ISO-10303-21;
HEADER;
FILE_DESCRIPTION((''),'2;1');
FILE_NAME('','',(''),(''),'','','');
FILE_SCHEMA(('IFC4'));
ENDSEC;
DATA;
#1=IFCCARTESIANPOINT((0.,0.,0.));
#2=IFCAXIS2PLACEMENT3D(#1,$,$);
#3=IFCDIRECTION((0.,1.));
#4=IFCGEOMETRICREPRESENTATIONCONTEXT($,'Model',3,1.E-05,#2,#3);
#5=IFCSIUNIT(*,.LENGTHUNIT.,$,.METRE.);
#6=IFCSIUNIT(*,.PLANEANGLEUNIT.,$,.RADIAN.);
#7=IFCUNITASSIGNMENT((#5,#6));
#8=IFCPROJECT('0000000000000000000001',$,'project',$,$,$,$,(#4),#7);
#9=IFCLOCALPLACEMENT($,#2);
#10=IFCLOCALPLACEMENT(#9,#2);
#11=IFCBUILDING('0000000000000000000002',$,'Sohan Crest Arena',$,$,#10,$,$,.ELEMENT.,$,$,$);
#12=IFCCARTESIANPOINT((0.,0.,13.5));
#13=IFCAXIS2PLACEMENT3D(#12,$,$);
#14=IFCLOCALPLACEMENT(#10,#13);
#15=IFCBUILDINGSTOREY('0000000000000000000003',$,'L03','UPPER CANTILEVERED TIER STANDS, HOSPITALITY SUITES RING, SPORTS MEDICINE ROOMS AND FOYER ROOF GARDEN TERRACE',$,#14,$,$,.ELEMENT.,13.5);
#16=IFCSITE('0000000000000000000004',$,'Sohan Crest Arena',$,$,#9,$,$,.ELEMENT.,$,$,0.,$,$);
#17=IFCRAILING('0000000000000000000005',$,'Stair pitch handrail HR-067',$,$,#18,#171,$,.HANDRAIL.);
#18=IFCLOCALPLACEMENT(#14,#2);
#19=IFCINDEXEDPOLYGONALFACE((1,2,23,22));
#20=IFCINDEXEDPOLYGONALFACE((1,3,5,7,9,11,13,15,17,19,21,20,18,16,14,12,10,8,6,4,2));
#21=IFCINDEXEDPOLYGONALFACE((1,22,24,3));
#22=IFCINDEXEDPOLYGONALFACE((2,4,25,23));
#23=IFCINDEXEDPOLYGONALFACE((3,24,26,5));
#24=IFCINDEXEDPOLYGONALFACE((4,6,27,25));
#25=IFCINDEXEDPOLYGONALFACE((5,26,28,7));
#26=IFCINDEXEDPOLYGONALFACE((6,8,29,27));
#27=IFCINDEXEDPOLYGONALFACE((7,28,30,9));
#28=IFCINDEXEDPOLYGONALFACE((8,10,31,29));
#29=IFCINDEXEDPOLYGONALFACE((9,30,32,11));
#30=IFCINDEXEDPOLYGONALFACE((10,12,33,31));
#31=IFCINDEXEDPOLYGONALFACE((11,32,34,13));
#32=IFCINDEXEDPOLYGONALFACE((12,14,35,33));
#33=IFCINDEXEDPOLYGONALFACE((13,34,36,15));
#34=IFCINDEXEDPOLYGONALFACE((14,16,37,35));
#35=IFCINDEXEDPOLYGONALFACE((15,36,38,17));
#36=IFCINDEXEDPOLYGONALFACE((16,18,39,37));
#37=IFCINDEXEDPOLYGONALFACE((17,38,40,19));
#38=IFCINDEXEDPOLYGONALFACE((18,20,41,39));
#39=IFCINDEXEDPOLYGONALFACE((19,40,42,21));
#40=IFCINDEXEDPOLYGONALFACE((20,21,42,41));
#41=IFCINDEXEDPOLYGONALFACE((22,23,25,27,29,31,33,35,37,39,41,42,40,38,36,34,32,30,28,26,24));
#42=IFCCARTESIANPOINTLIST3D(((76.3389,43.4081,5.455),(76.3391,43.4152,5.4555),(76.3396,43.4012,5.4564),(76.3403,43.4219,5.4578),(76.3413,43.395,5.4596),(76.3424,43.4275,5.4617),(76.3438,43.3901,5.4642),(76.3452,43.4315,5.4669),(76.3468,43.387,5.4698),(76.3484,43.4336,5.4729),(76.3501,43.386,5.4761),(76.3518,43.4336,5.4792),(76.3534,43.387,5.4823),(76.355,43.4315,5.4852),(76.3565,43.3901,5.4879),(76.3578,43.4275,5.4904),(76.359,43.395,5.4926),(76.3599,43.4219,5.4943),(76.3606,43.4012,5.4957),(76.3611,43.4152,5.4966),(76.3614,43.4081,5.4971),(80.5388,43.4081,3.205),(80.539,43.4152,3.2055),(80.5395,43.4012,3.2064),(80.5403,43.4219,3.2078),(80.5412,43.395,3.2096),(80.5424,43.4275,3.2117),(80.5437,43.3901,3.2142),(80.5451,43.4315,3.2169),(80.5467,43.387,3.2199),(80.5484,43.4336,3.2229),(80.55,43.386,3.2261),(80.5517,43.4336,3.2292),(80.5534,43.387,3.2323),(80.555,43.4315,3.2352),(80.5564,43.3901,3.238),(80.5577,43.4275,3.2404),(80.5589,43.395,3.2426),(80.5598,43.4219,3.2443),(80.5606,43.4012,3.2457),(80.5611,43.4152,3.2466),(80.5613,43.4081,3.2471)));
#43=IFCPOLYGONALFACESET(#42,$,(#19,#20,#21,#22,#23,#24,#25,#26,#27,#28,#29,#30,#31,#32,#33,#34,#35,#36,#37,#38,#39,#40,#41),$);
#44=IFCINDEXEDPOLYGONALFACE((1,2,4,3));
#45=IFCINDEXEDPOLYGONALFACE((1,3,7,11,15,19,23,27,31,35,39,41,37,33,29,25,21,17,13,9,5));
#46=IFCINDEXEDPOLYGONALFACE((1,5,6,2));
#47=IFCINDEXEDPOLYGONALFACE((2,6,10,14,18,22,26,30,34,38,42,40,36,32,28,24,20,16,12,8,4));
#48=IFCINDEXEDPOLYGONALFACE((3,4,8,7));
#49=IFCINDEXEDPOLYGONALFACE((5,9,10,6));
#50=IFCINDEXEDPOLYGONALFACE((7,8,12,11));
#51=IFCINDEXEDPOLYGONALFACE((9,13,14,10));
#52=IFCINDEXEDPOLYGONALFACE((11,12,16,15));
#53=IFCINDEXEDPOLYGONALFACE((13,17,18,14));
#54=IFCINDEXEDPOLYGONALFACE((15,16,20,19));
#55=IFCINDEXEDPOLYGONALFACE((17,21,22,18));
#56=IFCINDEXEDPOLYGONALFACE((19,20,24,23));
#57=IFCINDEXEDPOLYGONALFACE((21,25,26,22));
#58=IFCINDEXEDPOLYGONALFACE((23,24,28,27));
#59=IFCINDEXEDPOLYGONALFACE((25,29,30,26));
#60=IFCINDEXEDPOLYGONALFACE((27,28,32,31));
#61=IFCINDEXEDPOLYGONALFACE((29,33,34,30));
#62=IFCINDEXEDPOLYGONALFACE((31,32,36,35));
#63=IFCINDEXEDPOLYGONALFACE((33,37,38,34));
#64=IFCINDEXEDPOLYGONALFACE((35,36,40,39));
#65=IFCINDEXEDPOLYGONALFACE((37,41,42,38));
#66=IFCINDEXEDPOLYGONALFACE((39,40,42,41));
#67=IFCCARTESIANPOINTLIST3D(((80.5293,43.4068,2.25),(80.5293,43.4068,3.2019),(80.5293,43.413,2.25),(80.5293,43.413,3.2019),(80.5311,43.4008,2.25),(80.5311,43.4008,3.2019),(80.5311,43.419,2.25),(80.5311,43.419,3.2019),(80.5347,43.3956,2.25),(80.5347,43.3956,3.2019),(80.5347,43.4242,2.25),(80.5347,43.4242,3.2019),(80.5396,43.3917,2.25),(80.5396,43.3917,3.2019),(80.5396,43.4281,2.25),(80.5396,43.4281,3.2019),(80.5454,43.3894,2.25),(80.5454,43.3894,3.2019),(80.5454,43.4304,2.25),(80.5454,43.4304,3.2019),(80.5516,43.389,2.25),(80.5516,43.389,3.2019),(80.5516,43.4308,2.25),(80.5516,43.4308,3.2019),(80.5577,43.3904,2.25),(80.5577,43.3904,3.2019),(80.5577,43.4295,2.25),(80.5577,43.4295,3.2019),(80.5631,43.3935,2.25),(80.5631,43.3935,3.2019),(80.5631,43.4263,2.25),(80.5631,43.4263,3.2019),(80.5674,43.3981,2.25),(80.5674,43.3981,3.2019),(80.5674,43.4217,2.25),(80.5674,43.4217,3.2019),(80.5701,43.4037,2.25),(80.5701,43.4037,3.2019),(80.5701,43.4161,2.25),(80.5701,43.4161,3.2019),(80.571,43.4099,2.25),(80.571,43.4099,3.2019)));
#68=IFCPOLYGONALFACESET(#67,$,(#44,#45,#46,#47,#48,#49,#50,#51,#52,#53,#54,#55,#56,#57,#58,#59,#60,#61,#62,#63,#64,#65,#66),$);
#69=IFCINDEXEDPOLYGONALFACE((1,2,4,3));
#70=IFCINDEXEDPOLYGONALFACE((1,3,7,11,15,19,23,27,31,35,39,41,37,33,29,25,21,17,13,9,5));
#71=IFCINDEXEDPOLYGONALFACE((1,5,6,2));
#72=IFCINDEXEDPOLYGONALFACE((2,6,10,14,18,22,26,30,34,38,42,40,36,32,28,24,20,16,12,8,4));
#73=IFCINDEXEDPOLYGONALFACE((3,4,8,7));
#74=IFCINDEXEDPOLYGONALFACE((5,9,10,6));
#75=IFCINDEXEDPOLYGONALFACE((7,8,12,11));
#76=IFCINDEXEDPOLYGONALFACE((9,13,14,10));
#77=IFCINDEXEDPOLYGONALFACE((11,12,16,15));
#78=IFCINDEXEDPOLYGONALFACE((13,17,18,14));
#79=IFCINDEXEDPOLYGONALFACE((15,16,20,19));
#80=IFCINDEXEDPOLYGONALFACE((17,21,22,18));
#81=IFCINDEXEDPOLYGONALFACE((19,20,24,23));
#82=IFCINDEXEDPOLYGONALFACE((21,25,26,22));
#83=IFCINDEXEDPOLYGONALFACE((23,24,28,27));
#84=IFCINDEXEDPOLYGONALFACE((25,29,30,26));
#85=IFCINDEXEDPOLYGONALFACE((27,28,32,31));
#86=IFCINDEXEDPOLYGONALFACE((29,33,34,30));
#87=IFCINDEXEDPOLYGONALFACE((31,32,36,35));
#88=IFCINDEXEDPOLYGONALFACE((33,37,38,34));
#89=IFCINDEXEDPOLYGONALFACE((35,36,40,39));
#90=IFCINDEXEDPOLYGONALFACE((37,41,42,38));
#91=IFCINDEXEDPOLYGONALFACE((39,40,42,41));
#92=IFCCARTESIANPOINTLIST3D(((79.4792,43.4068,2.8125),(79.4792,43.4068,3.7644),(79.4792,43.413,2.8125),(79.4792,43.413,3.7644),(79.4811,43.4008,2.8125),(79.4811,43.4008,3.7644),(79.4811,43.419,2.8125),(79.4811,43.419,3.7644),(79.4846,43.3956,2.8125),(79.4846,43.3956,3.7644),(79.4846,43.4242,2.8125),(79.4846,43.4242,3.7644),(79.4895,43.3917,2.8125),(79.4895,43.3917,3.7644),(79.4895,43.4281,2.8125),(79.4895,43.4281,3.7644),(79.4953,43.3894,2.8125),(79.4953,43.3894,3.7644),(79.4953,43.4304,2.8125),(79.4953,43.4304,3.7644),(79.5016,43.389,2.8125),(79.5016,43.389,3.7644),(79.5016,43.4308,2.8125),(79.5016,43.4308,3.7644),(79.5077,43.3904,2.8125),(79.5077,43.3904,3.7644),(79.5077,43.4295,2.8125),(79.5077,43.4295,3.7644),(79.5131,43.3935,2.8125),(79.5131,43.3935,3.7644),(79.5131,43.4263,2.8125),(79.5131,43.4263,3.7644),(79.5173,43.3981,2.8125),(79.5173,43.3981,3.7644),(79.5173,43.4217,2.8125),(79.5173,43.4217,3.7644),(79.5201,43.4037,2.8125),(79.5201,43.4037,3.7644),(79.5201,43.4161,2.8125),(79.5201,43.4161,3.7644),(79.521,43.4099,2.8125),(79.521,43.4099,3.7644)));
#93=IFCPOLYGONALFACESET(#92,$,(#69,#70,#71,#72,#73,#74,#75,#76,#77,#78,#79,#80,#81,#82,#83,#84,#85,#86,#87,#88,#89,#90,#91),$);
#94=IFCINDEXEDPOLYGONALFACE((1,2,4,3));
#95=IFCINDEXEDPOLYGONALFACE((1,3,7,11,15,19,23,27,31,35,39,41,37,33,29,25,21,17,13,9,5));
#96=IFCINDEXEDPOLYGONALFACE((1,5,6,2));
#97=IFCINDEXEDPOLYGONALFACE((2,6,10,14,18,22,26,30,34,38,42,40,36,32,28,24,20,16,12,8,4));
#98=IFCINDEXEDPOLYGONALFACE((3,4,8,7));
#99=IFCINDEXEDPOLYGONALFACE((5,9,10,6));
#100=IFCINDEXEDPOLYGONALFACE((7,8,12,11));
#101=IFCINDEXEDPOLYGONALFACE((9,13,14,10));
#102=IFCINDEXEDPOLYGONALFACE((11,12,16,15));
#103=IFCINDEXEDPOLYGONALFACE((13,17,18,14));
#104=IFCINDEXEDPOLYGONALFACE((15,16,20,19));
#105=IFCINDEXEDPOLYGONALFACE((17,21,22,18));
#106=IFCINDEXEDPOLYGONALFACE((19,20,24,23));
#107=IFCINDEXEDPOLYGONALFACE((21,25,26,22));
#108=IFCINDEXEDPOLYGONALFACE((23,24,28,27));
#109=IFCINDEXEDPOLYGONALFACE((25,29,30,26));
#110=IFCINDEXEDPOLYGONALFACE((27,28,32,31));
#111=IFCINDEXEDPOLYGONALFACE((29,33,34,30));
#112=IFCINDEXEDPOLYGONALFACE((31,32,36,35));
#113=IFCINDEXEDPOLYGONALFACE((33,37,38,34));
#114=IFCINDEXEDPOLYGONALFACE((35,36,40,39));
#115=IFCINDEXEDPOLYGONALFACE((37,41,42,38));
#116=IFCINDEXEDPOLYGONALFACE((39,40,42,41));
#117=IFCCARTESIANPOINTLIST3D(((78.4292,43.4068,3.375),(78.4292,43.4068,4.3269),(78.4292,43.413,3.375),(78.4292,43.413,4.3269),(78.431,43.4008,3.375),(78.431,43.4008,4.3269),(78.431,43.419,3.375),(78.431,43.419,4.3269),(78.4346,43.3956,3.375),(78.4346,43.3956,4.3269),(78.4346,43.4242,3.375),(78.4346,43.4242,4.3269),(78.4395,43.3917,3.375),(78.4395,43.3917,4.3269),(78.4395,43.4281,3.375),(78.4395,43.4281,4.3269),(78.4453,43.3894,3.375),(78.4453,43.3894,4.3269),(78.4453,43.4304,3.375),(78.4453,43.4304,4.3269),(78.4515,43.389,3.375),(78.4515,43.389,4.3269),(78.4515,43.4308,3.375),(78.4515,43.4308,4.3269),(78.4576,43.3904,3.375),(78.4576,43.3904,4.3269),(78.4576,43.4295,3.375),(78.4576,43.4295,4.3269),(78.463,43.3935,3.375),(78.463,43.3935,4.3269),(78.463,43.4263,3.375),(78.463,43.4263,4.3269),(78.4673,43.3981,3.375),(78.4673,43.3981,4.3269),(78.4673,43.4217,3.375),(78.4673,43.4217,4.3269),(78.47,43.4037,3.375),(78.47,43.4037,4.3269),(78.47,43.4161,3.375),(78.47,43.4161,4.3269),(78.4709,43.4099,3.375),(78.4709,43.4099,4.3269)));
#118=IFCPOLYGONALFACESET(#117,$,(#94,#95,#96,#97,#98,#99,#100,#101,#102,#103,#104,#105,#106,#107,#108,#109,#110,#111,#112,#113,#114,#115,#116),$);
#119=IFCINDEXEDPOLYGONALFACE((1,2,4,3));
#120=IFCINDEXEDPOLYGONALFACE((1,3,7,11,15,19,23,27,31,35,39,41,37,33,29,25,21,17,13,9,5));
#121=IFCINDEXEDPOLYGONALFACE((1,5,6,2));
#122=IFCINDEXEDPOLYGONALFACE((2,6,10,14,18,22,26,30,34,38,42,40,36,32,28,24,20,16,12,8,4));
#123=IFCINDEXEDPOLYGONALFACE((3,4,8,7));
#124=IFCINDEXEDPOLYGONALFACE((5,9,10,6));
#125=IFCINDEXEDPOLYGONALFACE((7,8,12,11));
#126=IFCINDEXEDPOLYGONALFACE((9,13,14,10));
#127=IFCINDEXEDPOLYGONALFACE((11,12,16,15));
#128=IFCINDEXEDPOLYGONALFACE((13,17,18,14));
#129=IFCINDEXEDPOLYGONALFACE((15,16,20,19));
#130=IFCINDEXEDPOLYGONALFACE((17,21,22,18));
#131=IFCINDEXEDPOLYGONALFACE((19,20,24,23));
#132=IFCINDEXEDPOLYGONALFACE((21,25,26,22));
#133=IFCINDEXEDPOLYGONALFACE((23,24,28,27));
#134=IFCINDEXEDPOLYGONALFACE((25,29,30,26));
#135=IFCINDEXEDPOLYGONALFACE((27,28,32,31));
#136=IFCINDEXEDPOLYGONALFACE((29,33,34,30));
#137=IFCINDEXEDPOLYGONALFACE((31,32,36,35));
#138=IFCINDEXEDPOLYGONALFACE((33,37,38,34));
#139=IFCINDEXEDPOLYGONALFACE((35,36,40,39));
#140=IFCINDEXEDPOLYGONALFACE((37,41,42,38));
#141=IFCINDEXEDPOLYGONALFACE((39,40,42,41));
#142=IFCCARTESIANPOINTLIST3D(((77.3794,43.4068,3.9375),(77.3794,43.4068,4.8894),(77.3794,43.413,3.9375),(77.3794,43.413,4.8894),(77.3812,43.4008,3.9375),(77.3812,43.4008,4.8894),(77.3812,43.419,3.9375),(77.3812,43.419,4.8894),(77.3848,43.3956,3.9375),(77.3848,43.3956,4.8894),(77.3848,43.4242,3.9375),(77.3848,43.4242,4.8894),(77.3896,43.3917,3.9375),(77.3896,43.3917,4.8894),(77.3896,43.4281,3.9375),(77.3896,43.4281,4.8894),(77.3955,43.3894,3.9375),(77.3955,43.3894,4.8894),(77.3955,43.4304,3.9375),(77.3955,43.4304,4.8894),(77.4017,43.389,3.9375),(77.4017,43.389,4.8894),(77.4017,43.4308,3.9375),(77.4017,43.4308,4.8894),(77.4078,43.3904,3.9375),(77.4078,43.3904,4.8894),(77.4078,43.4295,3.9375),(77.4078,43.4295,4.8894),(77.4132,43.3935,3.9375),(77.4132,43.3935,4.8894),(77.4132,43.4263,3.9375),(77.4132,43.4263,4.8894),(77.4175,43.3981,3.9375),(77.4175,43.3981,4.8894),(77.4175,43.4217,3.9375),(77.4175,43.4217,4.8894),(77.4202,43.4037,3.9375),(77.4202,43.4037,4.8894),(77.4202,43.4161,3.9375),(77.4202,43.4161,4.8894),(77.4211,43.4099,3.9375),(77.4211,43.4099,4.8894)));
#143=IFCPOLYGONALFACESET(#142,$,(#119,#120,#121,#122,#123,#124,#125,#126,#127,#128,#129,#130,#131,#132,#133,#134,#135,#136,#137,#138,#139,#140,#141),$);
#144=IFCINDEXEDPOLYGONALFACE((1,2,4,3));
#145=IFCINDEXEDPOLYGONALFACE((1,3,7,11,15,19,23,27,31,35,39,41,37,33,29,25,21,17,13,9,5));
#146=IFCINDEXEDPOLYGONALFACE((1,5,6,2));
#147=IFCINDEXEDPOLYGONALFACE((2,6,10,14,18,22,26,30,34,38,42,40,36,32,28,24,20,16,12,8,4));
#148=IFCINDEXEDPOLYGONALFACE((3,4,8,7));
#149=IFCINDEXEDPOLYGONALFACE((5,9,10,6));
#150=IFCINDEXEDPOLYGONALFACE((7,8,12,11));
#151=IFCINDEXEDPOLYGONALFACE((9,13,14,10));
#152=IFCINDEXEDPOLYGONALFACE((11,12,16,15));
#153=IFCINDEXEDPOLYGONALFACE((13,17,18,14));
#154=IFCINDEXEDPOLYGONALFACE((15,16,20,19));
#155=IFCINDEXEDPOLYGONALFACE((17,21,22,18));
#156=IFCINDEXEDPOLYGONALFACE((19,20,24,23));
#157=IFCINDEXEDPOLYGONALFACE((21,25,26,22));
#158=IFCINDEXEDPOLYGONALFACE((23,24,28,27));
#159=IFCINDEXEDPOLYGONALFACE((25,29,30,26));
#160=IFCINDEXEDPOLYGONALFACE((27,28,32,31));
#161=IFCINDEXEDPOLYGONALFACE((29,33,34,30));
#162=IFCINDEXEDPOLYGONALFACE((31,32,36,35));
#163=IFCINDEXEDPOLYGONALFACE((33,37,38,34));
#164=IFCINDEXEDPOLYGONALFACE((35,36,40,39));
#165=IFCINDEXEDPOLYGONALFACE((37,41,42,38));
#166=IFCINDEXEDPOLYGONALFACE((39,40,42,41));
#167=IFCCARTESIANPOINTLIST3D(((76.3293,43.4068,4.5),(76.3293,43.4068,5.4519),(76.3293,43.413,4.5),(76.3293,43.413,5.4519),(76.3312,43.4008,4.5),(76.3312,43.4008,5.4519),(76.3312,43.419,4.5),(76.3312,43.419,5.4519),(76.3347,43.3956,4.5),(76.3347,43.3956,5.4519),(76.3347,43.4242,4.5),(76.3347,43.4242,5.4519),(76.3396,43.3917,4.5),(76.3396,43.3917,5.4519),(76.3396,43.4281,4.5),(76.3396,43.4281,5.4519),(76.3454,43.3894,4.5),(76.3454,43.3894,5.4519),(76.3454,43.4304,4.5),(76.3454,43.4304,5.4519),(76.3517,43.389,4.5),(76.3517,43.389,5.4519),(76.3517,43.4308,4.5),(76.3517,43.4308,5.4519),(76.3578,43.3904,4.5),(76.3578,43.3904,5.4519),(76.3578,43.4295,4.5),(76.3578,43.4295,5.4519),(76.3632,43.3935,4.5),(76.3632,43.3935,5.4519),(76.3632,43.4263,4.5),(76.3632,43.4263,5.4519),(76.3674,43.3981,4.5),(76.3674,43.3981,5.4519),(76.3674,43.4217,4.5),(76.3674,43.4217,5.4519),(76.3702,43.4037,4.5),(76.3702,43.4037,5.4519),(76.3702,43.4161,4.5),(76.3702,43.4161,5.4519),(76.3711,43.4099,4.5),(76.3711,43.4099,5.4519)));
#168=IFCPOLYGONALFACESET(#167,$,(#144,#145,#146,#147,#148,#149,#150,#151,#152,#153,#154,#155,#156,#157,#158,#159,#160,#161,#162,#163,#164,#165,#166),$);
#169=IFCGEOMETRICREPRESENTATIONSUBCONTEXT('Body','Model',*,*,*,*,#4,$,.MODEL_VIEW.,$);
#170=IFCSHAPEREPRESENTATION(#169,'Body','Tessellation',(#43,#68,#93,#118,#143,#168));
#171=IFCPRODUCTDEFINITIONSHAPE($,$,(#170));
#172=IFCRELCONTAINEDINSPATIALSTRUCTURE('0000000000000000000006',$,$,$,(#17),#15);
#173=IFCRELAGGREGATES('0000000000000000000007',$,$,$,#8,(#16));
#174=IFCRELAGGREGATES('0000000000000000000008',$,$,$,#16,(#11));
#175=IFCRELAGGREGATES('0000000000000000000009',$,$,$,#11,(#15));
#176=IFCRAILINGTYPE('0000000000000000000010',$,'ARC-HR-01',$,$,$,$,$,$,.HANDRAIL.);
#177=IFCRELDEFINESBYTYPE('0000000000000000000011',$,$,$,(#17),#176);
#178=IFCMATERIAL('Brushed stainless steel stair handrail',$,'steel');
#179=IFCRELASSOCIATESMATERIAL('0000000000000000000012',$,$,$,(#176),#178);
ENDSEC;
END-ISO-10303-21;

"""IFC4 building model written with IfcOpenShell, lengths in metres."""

from ifc_helpers import new_model, si_unit, direction, frame, origin, origin_2d, place, context, subcontext, project, spatial, circle, extrude, material, type_object, element, save


model = new_model("IFC4")

# Units and contexts
model_context = context("Model", 3, precision=1e-05, world=origin(), true_north=direction((0.0, 1.0)))
body_context = subcontext(model_context, "Body", "Model", "MODEL_VIEW")
ifc_project = project(units=[si_unit("LENGTHUNIT", "METRE"), si_unit("PLANEANGLEUNIT", "RADIAN")], contexts=[model_context])

# Site, building, storey
site_placement = place(None, origin())
site = spatial("IfcSite", under=ifc_project, at=site_placement, Name="Sohan Crest Arena", CompositionType="ELEMENT", RefElevation=0.0)
building_placement = place(site_placement, origin())
building = spatial("IfcBuilding", under=site, at=building_placement, Name="Sohan Crest Arena", CompositionType="ELEMENT")
storey_placement = place(building_placement, frame((0.0, 0.0, 13.5)))
storey = spatial("IfcBuildingStorey", under=building, at=storey_placement, Name="L03", Description="UPPER CANTILEVERED TIER STANDS, HOSPITALITY SUITES RING, SPORTS MEDICINE ROOMS AND FOYER ROOF GARDEN TERRACE", CompositionType="ELEMENT", Elevation=13.5)

# Railing
ifc_material_1 = material(Name="Brushed stainless steel stair handrail", Category="steel")
railing_type_1 = type_object("IfcRailingType", Name="ARC-HR-01", PredefinedType="HANDRAIL", material=ifc_material_1)
railing_1_placement = place(storey_placement, frame((80.55, 43.4099, 2.25)))
element("IfcRailing", 1, at=railing_1_placement, inside=storey, type_object=railing_type_1, Name="Stair pitch handrail HR-067", PredefinedType="HANDRAIL", context=body_context, shape_type="SweptSolid", body=[
    extrude(circle(Radius=0.0239, at=origin_2d()), frame((0.0, 0.0, 0.9761), z_axis=(-0.881478, 0.0, 0.472226), x_axis=(0.0, -1.0, 0.0)), (0.0, 0.0, 1.0), 4.7646),
    extrude(circle(Radius=0.021, at=origin_2d()), origin(), (0.0, 0.0, 1.0), 0.9519),
    extrude(circle(Radius=0.021, at=origin_2d()), frame((-1.05, 0.0, 0.5625)), (0.0, 0.0, 1.0), 0.9519),
    extrude(circle(Radius=0.021, at=origin_2d()), frame((-2.1001, 0.0, 1.125)), (0.0, 0.0, 1.0), 0.9519),
    extrude(circle(Radius=0.021, at=origin_2d()), frame((-3.1499, 0.0, 1.6875)), (0.0, 0.0, 1.0), 0.9519),
    extrude(circle(Radius=0.021, at=origin_2d()), frame((-4.2, 0.0, 2.25)), (0.0, 0.0, 1.0), 0.9519),
])

save(model, "model.ifc")
